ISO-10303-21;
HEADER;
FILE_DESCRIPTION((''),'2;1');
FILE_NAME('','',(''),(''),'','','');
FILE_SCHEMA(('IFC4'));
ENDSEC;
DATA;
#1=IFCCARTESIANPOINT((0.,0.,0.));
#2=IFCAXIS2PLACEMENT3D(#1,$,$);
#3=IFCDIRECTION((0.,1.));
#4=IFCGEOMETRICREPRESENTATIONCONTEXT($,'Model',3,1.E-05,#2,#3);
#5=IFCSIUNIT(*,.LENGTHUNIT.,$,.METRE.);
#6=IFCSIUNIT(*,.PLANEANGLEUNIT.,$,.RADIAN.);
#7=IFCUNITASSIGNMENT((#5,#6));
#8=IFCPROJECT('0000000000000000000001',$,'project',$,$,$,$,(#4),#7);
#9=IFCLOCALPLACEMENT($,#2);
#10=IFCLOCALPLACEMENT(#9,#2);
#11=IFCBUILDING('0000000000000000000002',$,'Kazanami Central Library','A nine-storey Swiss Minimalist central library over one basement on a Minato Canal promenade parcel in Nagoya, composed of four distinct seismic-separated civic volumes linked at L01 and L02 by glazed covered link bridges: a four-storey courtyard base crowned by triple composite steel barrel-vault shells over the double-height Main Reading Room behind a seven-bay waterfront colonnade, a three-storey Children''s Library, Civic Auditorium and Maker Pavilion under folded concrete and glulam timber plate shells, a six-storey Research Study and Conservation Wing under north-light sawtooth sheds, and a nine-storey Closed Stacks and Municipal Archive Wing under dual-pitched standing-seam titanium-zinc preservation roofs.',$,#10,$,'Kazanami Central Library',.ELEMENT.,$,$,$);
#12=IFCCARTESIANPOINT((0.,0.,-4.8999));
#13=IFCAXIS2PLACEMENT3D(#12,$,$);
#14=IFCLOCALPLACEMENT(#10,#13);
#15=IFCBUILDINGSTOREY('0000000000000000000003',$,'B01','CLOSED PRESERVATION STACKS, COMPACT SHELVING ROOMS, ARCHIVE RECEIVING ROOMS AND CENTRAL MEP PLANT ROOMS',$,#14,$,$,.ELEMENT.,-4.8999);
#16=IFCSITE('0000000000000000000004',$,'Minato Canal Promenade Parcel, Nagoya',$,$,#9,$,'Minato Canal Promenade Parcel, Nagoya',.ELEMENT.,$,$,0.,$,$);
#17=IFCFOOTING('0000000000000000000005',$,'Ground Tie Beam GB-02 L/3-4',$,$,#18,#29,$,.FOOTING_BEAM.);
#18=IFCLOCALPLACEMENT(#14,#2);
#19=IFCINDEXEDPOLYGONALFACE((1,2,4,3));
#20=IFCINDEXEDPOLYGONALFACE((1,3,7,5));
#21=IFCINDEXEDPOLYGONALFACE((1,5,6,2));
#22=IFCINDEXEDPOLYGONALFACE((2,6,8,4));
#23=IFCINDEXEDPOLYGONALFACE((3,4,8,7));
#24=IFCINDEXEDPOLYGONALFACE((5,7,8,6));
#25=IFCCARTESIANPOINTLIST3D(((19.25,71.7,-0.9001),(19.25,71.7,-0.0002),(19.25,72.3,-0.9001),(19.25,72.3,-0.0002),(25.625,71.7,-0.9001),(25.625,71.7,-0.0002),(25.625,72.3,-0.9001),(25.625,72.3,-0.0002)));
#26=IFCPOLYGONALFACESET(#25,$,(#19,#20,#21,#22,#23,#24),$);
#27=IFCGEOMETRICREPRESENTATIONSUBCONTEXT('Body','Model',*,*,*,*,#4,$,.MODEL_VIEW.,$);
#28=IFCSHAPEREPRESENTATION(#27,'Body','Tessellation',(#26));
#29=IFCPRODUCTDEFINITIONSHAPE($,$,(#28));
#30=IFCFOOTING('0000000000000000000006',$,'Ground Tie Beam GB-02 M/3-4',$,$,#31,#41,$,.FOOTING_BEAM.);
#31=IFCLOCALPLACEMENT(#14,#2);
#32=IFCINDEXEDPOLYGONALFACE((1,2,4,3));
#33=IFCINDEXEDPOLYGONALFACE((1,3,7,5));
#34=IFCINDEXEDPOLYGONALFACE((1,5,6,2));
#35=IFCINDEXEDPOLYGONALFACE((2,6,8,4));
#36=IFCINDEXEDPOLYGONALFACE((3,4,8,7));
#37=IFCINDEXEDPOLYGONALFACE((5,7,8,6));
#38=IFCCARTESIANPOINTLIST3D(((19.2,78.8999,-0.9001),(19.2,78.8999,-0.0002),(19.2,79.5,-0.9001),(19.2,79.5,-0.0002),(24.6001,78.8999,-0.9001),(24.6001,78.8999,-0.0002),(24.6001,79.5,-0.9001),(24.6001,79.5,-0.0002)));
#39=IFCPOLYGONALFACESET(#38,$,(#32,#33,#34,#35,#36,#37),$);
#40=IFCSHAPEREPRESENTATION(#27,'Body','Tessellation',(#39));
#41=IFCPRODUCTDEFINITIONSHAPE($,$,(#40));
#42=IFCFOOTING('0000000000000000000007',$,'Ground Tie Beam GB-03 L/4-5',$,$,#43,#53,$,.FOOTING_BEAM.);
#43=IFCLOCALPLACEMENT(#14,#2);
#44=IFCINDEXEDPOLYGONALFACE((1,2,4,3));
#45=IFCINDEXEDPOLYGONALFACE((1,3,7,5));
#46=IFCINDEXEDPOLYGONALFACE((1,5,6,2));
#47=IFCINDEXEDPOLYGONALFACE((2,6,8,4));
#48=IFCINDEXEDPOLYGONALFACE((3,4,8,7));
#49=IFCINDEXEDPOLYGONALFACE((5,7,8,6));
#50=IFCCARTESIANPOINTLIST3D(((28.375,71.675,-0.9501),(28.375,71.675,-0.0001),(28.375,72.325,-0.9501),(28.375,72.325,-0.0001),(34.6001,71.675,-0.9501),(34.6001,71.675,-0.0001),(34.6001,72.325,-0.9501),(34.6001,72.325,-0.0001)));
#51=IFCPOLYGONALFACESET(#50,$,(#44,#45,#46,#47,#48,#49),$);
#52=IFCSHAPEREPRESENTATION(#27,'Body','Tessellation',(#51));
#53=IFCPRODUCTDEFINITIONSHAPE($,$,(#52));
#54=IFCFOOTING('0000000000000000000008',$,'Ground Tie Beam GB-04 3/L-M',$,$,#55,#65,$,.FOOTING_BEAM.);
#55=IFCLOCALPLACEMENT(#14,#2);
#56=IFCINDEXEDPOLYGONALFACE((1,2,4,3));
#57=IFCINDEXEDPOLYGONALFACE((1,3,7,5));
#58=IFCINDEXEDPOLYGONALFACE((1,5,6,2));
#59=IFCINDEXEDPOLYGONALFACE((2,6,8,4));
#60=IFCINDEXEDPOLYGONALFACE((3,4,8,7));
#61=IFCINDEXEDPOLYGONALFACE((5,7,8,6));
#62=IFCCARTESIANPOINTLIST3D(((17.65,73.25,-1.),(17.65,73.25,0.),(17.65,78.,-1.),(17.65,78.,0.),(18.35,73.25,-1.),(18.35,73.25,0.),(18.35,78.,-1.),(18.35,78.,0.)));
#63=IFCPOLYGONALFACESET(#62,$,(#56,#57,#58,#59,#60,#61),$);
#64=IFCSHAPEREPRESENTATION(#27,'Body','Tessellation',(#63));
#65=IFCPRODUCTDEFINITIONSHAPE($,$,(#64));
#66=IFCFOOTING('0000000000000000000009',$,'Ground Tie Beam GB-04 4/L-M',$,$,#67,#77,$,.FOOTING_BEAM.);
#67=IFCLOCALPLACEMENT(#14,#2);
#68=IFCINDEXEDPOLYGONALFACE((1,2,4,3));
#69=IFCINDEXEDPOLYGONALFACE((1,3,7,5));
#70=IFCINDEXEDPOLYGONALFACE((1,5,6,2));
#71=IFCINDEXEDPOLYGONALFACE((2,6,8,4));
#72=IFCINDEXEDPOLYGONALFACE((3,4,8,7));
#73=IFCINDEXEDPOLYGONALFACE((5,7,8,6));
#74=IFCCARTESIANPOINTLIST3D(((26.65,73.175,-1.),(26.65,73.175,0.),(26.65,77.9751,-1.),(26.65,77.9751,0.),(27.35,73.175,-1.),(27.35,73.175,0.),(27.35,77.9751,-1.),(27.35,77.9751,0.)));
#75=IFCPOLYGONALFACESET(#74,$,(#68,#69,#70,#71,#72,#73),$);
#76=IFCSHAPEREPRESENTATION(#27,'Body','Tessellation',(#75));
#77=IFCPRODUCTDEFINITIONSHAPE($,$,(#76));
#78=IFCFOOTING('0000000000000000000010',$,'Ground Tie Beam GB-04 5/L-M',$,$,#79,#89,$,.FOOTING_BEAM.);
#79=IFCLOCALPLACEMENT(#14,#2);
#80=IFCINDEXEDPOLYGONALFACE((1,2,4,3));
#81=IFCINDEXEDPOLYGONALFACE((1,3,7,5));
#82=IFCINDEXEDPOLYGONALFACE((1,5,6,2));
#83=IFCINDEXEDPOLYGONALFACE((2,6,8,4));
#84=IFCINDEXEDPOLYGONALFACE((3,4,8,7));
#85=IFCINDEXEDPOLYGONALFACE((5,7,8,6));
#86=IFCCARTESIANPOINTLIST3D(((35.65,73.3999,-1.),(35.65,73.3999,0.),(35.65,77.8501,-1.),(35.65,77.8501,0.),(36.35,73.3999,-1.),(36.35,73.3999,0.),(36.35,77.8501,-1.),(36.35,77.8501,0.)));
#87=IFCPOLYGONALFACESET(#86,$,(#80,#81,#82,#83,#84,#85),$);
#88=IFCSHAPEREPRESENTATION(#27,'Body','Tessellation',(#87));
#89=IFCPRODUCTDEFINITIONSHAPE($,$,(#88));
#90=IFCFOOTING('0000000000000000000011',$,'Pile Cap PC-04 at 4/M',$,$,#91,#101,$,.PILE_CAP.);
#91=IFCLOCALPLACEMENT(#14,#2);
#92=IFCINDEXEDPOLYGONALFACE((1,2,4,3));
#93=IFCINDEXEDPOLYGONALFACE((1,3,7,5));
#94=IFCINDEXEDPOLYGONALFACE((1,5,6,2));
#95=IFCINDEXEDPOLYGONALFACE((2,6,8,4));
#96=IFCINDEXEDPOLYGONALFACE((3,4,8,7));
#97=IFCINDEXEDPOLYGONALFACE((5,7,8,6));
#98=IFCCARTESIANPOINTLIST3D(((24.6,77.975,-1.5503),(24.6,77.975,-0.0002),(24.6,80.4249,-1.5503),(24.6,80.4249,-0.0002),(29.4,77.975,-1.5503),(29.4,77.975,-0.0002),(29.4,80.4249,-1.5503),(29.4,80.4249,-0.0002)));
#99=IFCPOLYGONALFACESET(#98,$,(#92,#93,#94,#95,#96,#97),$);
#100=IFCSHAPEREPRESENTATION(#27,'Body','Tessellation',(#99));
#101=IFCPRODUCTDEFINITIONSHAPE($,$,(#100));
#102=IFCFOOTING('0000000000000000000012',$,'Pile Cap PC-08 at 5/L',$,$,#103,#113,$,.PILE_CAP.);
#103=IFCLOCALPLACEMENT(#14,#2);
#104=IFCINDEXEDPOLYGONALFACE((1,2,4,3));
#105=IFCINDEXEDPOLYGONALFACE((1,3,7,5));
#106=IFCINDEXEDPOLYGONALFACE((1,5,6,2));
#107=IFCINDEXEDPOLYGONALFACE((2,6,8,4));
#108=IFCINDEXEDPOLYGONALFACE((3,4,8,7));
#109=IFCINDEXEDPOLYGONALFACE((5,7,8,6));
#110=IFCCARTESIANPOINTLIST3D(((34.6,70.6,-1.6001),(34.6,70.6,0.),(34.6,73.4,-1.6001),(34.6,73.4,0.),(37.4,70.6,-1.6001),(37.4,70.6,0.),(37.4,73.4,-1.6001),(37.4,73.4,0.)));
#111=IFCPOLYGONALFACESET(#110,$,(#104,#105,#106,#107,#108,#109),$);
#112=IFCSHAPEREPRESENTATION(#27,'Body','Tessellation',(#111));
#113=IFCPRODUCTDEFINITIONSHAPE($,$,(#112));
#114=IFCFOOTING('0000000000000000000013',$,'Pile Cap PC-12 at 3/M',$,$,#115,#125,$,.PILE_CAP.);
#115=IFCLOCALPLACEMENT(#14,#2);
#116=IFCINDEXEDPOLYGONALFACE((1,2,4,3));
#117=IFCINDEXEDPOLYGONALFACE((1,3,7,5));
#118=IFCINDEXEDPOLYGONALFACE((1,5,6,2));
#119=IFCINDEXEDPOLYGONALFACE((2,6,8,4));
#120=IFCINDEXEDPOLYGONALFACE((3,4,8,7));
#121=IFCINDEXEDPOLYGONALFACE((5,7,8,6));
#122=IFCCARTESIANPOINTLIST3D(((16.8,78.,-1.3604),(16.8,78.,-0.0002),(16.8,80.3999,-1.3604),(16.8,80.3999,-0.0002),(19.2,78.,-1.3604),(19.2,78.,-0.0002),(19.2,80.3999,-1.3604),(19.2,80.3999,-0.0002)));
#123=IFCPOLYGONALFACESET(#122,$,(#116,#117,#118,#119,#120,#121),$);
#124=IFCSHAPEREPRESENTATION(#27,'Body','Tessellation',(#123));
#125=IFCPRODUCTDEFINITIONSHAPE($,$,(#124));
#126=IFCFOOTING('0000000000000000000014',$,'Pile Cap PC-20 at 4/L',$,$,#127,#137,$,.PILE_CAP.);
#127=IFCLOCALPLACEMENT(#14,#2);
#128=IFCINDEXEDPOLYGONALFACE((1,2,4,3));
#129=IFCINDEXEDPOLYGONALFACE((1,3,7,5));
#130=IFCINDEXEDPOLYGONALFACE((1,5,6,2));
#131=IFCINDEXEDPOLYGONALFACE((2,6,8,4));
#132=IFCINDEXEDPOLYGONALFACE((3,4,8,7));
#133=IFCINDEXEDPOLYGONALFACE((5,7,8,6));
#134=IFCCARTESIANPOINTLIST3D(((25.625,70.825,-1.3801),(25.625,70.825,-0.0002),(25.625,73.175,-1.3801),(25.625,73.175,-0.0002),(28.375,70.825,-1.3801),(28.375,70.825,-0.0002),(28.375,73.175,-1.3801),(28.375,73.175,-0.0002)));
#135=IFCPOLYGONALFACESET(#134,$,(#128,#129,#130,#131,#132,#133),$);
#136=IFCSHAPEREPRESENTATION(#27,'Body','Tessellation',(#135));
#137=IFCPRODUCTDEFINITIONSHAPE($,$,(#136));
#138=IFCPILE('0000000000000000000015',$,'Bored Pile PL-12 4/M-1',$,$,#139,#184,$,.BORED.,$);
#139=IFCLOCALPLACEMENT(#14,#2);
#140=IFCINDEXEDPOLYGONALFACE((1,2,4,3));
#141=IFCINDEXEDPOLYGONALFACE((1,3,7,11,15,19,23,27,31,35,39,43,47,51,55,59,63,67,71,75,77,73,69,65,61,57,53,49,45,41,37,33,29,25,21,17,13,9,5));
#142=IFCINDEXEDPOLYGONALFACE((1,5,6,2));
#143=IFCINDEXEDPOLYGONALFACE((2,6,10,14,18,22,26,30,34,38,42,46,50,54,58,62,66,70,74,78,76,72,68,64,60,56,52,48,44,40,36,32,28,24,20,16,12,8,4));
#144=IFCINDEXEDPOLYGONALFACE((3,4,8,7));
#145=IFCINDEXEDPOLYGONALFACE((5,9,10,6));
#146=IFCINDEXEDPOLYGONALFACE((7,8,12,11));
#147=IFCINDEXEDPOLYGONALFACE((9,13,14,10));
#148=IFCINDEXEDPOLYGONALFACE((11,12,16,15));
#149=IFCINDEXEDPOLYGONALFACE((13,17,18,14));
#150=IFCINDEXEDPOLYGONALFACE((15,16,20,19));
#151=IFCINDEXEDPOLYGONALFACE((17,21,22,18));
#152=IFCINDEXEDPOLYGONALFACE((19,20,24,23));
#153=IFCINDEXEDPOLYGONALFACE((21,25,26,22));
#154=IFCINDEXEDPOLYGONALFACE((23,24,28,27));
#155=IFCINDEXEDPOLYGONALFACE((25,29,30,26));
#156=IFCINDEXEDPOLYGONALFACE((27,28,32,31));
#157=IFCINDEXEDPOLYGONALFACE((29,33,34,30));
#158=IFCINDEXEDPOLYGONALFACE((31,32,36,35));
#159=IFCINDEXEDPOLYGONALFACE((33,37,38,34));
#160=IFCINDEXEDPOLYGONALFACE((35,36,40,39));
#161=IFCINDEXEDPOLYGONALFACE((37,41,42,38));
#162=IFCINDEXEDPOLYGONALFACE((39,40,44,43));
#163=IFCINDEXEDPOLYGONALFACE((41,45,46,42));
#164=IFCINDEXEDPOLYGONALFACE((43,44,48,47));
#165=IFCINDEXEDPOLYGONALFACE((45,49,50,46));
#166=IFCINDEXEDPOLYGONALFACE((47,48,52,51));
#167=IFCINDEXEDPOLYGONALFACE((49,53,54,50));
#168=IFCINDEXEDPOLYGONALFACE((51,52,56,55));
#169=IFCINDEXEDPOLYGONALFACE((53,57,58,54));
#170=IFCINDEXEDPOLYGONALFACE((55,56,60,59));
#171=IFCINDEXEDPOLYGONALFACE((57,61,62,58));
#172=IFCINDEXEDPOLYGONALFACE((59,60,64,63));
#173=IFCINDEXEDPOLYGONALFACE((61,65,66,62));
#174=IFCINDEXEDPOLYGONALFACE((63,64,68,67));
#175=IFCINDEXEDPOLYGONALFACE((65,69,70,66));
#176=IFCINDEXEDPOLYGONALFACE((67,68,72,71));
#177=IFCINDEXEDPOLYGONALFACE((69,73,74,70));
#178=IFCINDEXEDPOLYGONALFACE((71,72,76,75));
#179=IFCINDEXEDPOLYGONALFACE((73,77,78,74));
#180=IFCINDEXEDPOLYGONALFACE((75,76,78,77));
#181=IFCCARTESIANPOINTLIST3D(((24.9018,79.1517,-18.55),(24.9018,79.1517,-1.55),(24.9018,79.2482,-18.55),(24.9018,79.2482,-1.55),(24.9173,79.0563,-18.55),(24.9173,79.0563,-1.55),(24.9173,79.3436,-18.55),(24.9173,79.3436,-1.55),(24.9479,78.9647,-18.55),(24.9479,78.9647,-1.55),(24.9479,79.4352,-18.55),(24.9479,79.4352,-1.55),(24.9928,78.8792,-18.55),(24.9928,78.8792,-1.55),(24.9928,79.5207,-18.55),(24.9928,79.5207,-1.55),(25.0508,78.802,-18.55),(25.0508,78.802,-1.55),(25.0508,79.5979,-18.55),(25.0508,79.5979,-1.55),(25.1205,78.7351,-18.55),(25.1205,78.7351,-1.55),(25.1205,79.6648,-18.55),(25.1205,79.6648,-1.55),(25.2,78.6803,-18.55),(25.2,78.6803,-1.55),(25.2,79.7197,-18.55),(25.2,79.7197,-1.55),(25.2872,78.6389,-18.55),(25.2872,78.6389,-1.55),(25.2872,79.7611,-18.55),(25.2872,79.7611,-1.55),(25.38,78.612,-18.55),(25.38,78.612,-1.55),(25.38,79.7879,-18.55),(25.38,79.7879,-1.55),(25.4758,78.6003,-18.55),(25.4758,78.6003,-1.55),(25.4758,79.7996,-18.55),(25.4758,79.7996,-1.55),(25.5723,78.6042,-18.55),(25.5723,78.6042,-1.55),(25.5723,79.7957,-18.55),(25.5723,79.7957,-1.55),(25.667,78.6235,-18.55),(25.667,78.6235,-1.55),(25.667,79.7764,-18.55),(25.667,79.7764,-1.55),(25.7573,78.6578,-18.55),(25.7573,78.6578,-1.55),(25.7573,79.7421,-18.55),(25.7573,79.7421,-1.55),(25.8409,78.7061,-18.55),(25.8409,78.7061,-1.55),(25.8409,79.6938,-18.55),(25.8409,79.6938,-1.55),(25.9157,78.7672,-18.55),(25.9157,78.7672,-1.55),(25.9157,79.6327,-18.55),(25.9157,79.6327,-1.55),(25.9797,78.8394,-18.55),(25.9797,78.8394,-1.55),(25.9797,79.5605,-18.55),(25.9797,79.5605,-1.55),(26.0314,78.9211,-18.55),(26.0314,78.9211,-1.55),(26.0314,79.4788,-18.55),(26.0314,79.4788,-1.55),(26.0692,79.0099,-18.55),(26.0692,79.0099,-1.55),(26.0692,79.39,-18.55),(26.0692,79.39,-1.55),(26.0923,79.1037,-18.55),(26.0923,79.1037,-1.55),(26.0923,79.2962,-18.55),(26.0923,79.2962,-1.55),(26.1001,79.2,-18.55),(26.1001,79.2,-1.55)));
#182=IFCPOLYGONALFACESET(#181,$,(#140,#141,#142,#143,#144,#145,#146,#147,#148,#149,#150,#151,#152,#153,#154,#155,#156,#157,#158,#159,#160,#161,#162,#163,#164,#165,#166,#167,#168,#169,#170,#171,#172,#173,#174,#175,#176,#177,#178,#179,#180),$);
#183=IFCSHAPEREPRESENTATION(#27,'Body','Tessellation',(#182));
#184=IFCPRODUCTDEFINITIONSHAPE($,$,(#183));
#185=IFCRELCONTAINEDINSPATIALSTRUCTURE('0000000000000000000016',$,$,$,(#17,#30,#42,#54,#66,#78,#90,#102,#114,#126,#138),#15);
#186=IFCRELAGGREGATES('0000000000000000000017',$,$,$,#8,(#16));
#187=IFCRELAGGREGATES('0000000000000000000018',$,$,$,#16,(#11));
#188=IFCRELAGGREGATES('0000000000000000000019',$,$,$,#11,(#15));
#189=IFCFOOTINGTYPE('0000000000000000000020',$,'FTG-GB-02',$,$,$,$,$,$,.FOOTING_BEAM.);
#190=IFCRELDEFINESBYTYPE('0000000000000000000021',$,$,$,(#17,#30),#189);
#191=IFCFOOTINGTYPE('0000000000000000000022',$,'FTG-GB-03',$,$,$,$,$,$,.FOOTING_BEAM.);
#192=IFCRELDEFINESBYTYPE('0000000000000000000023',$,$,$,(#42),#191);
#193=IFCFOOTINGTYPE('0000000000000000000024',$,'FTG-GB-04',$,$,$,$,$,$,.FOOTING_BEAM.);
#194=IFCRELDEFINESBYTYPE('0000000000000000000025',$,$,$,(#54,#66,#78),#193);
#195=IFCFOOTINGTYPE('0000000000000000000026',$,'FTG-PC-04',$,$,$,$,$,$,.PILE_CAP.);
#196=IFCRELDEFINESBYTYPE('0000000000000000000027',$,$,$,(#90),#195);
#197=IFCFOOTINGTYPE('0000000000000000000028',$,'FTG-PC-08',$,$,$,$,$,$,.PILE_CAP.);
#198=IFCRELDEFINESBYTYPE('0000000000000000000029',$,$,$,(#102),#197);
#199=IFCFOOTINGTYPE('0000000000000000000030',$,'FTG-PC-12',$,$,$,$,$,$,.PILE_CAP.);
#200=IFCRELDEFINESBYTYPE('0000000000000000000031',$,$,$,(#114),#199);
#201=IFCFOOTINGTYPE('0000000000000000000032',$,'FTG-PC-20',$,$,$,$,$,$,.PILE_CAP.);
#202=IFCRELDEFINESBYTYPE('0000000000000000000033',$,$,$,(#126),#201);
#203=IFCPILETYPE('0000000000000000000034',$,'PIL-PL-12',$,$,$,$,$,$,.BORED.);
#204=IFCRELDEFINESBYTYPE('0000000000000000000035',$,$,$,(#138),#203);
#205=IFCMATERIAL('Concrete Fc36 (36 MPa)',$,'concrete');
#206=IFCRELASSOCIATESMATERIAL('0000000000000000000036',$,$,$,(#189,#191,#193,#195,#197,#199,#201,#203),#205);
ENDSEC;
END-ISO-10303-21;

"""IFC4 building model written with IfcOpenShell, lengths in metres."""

from ifc_helpers import new_model, si_unit, direction, frame, origin, origin_2d, place, context, subcontext, project, spatial, rectangle, circle, extrude, material, material_profile, profile_set, type_object, element, save


model = new_model("IFC4")

# Units and contexts
model_context = context("Model", 3, precision=1e-05, world=origin(), true_north=direction((0.0, 1.0)))
body_context = subcontext(model_context, "Body", "Model", "MODEL_VIEW")
ifc_project = project(units=[si_unit("LENGTHUNIT", "METRE"), si_unit("PLANEANGLEUNIT", "RADIAN")], contexts=[model_context])

# Site, building, storey
site_placement = place(None, origin())
site = spatial("IfcSite", under=ifc_project, at=site_placement, Name="Minato Canal Promenade Parcel, Nagoya", LongName="Minato Canal Promenade Parcel, Nagoya", CompositionType="ELEMENT", RefElevation=0.0)
building_placement = place(site_placement, origin())
building = spatial("IfcBuilding", under=site, at=building_placement, Name="Kazanami Central Library", Description="A nine-storey Swiss Minimalist central library over one basement on a Minato Canal promenade parcel in Nagoya, composed of four distinct seismic-separated civic volumes linked at L01 and L02 by glazed covered link bridges: a four-storey courtyard base crowned by triple composite steel barrel-vault shells over the double-height Main Reading Room behind a seven-bay waterfront colonnade, a three-storey Children's Library, Civic Auditorium and Maker Pavilion under folded concrete and glulam timber plate shells, a six-storey Research Study and Conservation Wing under north-light sawtooth sheds, and a nine-storey Closed Stacks and Municipal Archive Wing under dual-pitched standing-seam titanium-zinc preservation roofs.", LongName="Kazanami Central Library", CompositionType="ELEMENT")
storey_placement = place(building_placement, frame((0.0, 0.0, -4.8999)))
storey = spatial("IfcBuildingStorey", under=building, at=storey_placement, Name="B01", Description="CLOSED PRESERVATION STACKS, COMPACT SHELVING ROOMS, ARCHIVE RECEIVING ROOMS AND CENTRAL MEP PLANT ROOMS", CompositionType="ELEMENT", Elevation=-4.8999)

# Footings
ifc_material_1 = material(Name="Concrete Fc36 (36 MPa)", Category="concrete")
ifc_material_profile_1 = material_profile(ifc_material_1, rectangle(XDim=0.6001, YDim=0.8999, at=origin_2d()), Name="RC-600x900")
ifc_profile_set_1 = profile_set([ifc_material_profile_1], Name="Concrete Fc36 (36 MPa)")
footing_type_1 = type_object("IfcFootingType", Name="FTG-GB-02", PredefinedType="FOOTING_BEAM", material=ifc_profile_set_1)
footing_1_placement = place(storey_placement, frame((19.25, 72.0, -0.4502), z_axis=(1.0, 0.0, 0.0), x_axis=(0.0, 1.0, 0.0)))
element("IfcFooting", 1, at=footing_1_placement, inside=storey, type_object=footing_type_1, Name="Ground Tie Beam GB-02 L/3-4", PredefinedType="FOOTING_BEAM", context=body_context, shape_type="SweptSolid", body=[
    extrude(rectangle(XDim=0.6001, YDim=0.8999, at=origin_2d()), origin(), (0.0, 0.0, 1.0), 6.375),
])
footing_2_placement = place(storey_placement, frame((19.2, 79.2, -0.4502), z_axis=(1.0, 0.0, 0.0), x_axis=(0.0, 1.0, 0.0)))
element("IfcFooting", 2, at=footing_2_placement, inside=storey, type_object=footing_type_1, Name="Ground Tie Beam GB-02 M/3-4", PredefinedType="FOOTING_BEAM", context=body_context, shape_type="SweptSolid", body=[
    extrude(rectangle(XDim=0.6001, YDim=0.8999, at=origin_2d()), origin(), (0.0, 0.0, 1.0), 5.4001),
])
ifc_material_profile_2 = material_profile(ifc_material_1, rectangle(XDim=0.6499, YDim=0.95, at=origin_2d()), Name="RC-650x950")
ifc_profile_set_2 = profile_set([ifc_material_profile_2], Name="Concrete Fc36 (36 MPa)")
footing_type_2 = type_object("IfcFootingType", Name="FTG-GB-03", PredefinedType="FOOTING_BEAM", material=ifc_profile_set_2)
footing_3_placement = place(storey_placement, frame((28.375, 72.0, -0.4751), z_axis=(1.0, 0.0, 0.0), x_axis=(0.0, 1.0, 0.0)))
element("IfcFooting", 3, at=footing_3_placement, inside=storey, type_object=footing_type_2, Name="Ground Tie Beam GB-03 L/4-5", PredefinedType="FOOTING_BEAM", context=body_context, shape_type="SweptSolid", body=[
    extrude(rectangle(XDim=0.6499, YDim=0.95, at=origin_2d()), origin(), (0.0, 0.0, 1.0), 6.2251),
])
ifc_material_profile_3 = material_profile(ifc_material_1, rectangle(XDim=0.7, YDim=1.0, at=origin_2d()), Name="RC-700x1000")
ifc_profile_set_3 = profile_set([ifc_material_profile_3], Name="Concrete Fc36 (36 MPa)")
footing_type_3 = type_object("IfcFootingType", Name="FTG-GB-04", PredefinedType="FOOTING_BEAM", material=ifc_profile_set_3)
footing_4_placement = place(storey_placement, frame((18.0, 73.25, -0.5), z_axis=(0.0, 1.0, 0.0), x_axis=(-1.0, 0.0, 0.0)))
element("IfcFooting", 4, at=footing_4_placement, inside=storey, type_object=footing_type_3, Name="Ground Tie Beam GB-04 3/L-M", PredefinedType="FOOTING_BEAM", context=body_context, shape_type="SweptSolid", body=[
    extrude(rectangle(XDim=0.7, YDim=1.0, at=origin_2d()), origin(), (0.0, 0.0, 1.0), 4.75),
])
footing_5_placement = place(storey_placement, frame((27.0, 73.175, -0.5), z_axis=(0.0, 1.0, 0.0), x_axis=(-1.0, 0.0, 0.0)))
element("IfcFooting", 5, at=footing_5_placement, inside=storey, type_object=footing_type_3, Name="Ground Tie Beam GB-04 4/L-M", PredefinedType="FOOTING_BEAM", context=body_context, shape_type="SweptSolid", body=[
    extrude(rectangle(XDim=0.7, YDim=1.0, at=origin_2d()), origin(), (0.0, 0.0, 1.0), 4.8),
])
footing_6_placement = place(storey_placement, frame((36.0, 73.3999, -0.5), z_axis=(0.0, 1.0, 0.0), x_axis=(-1.0, 0.0, 0.0)))
element("IfcFooting", 6, at=footing_6_placement, inside=storey, type_object=footing_type_3, Name="Ground Tie Beam GB-04 5/L-M", PredefinedType="FOOTING_BEAM", context=body_context, shape_type="SweptSolid", body=[
    extrude(rectangle(XDim=0.7, YDim=1.0, at=origin_2d()), origin(), (0.0, 0.0, 1.0), 4.4502),
])
footing_type_4 = type_object("IfcFootingType", Name="FTG-PC-04", PredefinedType="PILE_CAP", material=ifc_material_1)
footing_7_placement = place(storey_placement, frame((27.0, 79.2, -1.5503), z_axis=(0.0, 0.0, 1.0), x_axis=(1.0, 0.0, 0.0)))
element("IfcFooting", 7, at=footing_7_placement, inside=storey, type_object=footing_type_4, Name="Pile Cap PC-04 at 4/M", PredefinedType="PILE_CAP", context=body_context, shape_type="SweptSolid", body=[
    extrude(rectangle(XDim=4.8, YDim=2.45, at=origin_2d()), origin(), (0.0, 0.0, 1.0), 1.55),
])
footing_type_5 = type_object("IfcFootingType", Name="FTG-PC-08", PredefinedType="PILE_CAP", material=ifc_material_1)
footing_8_placement = place(storey_placement, frame((36.0, 72.0, -1.6001), z_axis=(0.0, 0.0, 1.0), x_axis=(1.0, 0.0, 0.0)))
element("IfcFooting", 8, at=footing_8_placement, inside=storey, type_object=footing_type_5, Name="Pile Cap PC-08 at 5/L", PredefinedType="PILE_CAP", context=body_context, shape_type="SweptSolid", body=[
    extrude(rectangle(XDim=2.8, YDim=2.8, at=origin_2d()), origin(), (0.0, 0.0, 1.0), 1.6001),
])
footing_type_6 = type_object("IfcFootingType", Name="FTG-PC-12", PredefinedType="PILE_CAP", material=ifc_material_1)
footing_9_placement = place(storey_placement, frame((18.0, 79.2, -1.3604), z_axis=(0.0, 0.0, 1.0), x_axis=(1.0, 0.0, 0.0)))
element("IfcFooting", 9, at=footing_9_placement, inside=storey, type_object=footing_type_6, Name="Pile Cap PC-12 at 3/M", PredefinedType="PILE_CAP", context=body_context, shape_type="SweptSolid", body=[
    extrude(rectangle(XDim=2.3999, YDim=2.3999, at=origin_2d()), origin(), (0.0, 0.0, 1.0), 1.3601),
])
footing_type_7 = type_object("IfcFootingType", Name="FTG-PC-20", PredefinedType="PILE_CAP", material=ifc_material_1)
footing_10_placement = place(storey_placement, frame((27.0, 72.0, -1.3801), z_axis=(0.0, 0.0, 1.0), x_axis=(1.0, 0.0, 0.0)))
element("IfcFooting", 10, at=footing_10_placement, inside=storey, type_object=footing_type_7, Name="Pile Cap PC-20 at 4/L", PredefinedType="PILE_CAP", context=body_context, shape_type="SweptSolid", body=[
    extrude(rectangle(XDim=2.75, YDim=2.3501, at=origin_2d()), origin(), (0.0, 0.0, 1.0), 1.3799),
])

# Pile
ifc_material_profile_4 = material_profile(ifc_material_1, circle(Radius=0.6001, at=origin_2d()), Name="BORED-D1200")
ifc_profile_set_4 = profile_set([ifc_material_profile_4], Name="Concrete Fc36 (36 MPa)")
pile_type_1 = type_object("IfcPileType", Name="PIL-PL-12", PredefinedType="BORED", material=ifc_profile_set_4)
pile_1_placement = place(storey_placement, frame((25.5, 79.2, -1.55), z_axis=(0.0, 0.0, -1.0), x_axis=(1.0, 0.0, 0.0)))
element("IfcPile", 11, at=pile_1_placement, inside=storey, type_object=pile_type_1, Name="Bored Pile PL-12 4/M-1", PredefinedType="BORED", context=body_context, shape_type="SweptSolid", body=[
    extrude(circle(Radius=0.6001, at=origin_2d()), origin(), (0.0, 0.0, 1.0), 17.0),
])

save(model, "model.ifc")
